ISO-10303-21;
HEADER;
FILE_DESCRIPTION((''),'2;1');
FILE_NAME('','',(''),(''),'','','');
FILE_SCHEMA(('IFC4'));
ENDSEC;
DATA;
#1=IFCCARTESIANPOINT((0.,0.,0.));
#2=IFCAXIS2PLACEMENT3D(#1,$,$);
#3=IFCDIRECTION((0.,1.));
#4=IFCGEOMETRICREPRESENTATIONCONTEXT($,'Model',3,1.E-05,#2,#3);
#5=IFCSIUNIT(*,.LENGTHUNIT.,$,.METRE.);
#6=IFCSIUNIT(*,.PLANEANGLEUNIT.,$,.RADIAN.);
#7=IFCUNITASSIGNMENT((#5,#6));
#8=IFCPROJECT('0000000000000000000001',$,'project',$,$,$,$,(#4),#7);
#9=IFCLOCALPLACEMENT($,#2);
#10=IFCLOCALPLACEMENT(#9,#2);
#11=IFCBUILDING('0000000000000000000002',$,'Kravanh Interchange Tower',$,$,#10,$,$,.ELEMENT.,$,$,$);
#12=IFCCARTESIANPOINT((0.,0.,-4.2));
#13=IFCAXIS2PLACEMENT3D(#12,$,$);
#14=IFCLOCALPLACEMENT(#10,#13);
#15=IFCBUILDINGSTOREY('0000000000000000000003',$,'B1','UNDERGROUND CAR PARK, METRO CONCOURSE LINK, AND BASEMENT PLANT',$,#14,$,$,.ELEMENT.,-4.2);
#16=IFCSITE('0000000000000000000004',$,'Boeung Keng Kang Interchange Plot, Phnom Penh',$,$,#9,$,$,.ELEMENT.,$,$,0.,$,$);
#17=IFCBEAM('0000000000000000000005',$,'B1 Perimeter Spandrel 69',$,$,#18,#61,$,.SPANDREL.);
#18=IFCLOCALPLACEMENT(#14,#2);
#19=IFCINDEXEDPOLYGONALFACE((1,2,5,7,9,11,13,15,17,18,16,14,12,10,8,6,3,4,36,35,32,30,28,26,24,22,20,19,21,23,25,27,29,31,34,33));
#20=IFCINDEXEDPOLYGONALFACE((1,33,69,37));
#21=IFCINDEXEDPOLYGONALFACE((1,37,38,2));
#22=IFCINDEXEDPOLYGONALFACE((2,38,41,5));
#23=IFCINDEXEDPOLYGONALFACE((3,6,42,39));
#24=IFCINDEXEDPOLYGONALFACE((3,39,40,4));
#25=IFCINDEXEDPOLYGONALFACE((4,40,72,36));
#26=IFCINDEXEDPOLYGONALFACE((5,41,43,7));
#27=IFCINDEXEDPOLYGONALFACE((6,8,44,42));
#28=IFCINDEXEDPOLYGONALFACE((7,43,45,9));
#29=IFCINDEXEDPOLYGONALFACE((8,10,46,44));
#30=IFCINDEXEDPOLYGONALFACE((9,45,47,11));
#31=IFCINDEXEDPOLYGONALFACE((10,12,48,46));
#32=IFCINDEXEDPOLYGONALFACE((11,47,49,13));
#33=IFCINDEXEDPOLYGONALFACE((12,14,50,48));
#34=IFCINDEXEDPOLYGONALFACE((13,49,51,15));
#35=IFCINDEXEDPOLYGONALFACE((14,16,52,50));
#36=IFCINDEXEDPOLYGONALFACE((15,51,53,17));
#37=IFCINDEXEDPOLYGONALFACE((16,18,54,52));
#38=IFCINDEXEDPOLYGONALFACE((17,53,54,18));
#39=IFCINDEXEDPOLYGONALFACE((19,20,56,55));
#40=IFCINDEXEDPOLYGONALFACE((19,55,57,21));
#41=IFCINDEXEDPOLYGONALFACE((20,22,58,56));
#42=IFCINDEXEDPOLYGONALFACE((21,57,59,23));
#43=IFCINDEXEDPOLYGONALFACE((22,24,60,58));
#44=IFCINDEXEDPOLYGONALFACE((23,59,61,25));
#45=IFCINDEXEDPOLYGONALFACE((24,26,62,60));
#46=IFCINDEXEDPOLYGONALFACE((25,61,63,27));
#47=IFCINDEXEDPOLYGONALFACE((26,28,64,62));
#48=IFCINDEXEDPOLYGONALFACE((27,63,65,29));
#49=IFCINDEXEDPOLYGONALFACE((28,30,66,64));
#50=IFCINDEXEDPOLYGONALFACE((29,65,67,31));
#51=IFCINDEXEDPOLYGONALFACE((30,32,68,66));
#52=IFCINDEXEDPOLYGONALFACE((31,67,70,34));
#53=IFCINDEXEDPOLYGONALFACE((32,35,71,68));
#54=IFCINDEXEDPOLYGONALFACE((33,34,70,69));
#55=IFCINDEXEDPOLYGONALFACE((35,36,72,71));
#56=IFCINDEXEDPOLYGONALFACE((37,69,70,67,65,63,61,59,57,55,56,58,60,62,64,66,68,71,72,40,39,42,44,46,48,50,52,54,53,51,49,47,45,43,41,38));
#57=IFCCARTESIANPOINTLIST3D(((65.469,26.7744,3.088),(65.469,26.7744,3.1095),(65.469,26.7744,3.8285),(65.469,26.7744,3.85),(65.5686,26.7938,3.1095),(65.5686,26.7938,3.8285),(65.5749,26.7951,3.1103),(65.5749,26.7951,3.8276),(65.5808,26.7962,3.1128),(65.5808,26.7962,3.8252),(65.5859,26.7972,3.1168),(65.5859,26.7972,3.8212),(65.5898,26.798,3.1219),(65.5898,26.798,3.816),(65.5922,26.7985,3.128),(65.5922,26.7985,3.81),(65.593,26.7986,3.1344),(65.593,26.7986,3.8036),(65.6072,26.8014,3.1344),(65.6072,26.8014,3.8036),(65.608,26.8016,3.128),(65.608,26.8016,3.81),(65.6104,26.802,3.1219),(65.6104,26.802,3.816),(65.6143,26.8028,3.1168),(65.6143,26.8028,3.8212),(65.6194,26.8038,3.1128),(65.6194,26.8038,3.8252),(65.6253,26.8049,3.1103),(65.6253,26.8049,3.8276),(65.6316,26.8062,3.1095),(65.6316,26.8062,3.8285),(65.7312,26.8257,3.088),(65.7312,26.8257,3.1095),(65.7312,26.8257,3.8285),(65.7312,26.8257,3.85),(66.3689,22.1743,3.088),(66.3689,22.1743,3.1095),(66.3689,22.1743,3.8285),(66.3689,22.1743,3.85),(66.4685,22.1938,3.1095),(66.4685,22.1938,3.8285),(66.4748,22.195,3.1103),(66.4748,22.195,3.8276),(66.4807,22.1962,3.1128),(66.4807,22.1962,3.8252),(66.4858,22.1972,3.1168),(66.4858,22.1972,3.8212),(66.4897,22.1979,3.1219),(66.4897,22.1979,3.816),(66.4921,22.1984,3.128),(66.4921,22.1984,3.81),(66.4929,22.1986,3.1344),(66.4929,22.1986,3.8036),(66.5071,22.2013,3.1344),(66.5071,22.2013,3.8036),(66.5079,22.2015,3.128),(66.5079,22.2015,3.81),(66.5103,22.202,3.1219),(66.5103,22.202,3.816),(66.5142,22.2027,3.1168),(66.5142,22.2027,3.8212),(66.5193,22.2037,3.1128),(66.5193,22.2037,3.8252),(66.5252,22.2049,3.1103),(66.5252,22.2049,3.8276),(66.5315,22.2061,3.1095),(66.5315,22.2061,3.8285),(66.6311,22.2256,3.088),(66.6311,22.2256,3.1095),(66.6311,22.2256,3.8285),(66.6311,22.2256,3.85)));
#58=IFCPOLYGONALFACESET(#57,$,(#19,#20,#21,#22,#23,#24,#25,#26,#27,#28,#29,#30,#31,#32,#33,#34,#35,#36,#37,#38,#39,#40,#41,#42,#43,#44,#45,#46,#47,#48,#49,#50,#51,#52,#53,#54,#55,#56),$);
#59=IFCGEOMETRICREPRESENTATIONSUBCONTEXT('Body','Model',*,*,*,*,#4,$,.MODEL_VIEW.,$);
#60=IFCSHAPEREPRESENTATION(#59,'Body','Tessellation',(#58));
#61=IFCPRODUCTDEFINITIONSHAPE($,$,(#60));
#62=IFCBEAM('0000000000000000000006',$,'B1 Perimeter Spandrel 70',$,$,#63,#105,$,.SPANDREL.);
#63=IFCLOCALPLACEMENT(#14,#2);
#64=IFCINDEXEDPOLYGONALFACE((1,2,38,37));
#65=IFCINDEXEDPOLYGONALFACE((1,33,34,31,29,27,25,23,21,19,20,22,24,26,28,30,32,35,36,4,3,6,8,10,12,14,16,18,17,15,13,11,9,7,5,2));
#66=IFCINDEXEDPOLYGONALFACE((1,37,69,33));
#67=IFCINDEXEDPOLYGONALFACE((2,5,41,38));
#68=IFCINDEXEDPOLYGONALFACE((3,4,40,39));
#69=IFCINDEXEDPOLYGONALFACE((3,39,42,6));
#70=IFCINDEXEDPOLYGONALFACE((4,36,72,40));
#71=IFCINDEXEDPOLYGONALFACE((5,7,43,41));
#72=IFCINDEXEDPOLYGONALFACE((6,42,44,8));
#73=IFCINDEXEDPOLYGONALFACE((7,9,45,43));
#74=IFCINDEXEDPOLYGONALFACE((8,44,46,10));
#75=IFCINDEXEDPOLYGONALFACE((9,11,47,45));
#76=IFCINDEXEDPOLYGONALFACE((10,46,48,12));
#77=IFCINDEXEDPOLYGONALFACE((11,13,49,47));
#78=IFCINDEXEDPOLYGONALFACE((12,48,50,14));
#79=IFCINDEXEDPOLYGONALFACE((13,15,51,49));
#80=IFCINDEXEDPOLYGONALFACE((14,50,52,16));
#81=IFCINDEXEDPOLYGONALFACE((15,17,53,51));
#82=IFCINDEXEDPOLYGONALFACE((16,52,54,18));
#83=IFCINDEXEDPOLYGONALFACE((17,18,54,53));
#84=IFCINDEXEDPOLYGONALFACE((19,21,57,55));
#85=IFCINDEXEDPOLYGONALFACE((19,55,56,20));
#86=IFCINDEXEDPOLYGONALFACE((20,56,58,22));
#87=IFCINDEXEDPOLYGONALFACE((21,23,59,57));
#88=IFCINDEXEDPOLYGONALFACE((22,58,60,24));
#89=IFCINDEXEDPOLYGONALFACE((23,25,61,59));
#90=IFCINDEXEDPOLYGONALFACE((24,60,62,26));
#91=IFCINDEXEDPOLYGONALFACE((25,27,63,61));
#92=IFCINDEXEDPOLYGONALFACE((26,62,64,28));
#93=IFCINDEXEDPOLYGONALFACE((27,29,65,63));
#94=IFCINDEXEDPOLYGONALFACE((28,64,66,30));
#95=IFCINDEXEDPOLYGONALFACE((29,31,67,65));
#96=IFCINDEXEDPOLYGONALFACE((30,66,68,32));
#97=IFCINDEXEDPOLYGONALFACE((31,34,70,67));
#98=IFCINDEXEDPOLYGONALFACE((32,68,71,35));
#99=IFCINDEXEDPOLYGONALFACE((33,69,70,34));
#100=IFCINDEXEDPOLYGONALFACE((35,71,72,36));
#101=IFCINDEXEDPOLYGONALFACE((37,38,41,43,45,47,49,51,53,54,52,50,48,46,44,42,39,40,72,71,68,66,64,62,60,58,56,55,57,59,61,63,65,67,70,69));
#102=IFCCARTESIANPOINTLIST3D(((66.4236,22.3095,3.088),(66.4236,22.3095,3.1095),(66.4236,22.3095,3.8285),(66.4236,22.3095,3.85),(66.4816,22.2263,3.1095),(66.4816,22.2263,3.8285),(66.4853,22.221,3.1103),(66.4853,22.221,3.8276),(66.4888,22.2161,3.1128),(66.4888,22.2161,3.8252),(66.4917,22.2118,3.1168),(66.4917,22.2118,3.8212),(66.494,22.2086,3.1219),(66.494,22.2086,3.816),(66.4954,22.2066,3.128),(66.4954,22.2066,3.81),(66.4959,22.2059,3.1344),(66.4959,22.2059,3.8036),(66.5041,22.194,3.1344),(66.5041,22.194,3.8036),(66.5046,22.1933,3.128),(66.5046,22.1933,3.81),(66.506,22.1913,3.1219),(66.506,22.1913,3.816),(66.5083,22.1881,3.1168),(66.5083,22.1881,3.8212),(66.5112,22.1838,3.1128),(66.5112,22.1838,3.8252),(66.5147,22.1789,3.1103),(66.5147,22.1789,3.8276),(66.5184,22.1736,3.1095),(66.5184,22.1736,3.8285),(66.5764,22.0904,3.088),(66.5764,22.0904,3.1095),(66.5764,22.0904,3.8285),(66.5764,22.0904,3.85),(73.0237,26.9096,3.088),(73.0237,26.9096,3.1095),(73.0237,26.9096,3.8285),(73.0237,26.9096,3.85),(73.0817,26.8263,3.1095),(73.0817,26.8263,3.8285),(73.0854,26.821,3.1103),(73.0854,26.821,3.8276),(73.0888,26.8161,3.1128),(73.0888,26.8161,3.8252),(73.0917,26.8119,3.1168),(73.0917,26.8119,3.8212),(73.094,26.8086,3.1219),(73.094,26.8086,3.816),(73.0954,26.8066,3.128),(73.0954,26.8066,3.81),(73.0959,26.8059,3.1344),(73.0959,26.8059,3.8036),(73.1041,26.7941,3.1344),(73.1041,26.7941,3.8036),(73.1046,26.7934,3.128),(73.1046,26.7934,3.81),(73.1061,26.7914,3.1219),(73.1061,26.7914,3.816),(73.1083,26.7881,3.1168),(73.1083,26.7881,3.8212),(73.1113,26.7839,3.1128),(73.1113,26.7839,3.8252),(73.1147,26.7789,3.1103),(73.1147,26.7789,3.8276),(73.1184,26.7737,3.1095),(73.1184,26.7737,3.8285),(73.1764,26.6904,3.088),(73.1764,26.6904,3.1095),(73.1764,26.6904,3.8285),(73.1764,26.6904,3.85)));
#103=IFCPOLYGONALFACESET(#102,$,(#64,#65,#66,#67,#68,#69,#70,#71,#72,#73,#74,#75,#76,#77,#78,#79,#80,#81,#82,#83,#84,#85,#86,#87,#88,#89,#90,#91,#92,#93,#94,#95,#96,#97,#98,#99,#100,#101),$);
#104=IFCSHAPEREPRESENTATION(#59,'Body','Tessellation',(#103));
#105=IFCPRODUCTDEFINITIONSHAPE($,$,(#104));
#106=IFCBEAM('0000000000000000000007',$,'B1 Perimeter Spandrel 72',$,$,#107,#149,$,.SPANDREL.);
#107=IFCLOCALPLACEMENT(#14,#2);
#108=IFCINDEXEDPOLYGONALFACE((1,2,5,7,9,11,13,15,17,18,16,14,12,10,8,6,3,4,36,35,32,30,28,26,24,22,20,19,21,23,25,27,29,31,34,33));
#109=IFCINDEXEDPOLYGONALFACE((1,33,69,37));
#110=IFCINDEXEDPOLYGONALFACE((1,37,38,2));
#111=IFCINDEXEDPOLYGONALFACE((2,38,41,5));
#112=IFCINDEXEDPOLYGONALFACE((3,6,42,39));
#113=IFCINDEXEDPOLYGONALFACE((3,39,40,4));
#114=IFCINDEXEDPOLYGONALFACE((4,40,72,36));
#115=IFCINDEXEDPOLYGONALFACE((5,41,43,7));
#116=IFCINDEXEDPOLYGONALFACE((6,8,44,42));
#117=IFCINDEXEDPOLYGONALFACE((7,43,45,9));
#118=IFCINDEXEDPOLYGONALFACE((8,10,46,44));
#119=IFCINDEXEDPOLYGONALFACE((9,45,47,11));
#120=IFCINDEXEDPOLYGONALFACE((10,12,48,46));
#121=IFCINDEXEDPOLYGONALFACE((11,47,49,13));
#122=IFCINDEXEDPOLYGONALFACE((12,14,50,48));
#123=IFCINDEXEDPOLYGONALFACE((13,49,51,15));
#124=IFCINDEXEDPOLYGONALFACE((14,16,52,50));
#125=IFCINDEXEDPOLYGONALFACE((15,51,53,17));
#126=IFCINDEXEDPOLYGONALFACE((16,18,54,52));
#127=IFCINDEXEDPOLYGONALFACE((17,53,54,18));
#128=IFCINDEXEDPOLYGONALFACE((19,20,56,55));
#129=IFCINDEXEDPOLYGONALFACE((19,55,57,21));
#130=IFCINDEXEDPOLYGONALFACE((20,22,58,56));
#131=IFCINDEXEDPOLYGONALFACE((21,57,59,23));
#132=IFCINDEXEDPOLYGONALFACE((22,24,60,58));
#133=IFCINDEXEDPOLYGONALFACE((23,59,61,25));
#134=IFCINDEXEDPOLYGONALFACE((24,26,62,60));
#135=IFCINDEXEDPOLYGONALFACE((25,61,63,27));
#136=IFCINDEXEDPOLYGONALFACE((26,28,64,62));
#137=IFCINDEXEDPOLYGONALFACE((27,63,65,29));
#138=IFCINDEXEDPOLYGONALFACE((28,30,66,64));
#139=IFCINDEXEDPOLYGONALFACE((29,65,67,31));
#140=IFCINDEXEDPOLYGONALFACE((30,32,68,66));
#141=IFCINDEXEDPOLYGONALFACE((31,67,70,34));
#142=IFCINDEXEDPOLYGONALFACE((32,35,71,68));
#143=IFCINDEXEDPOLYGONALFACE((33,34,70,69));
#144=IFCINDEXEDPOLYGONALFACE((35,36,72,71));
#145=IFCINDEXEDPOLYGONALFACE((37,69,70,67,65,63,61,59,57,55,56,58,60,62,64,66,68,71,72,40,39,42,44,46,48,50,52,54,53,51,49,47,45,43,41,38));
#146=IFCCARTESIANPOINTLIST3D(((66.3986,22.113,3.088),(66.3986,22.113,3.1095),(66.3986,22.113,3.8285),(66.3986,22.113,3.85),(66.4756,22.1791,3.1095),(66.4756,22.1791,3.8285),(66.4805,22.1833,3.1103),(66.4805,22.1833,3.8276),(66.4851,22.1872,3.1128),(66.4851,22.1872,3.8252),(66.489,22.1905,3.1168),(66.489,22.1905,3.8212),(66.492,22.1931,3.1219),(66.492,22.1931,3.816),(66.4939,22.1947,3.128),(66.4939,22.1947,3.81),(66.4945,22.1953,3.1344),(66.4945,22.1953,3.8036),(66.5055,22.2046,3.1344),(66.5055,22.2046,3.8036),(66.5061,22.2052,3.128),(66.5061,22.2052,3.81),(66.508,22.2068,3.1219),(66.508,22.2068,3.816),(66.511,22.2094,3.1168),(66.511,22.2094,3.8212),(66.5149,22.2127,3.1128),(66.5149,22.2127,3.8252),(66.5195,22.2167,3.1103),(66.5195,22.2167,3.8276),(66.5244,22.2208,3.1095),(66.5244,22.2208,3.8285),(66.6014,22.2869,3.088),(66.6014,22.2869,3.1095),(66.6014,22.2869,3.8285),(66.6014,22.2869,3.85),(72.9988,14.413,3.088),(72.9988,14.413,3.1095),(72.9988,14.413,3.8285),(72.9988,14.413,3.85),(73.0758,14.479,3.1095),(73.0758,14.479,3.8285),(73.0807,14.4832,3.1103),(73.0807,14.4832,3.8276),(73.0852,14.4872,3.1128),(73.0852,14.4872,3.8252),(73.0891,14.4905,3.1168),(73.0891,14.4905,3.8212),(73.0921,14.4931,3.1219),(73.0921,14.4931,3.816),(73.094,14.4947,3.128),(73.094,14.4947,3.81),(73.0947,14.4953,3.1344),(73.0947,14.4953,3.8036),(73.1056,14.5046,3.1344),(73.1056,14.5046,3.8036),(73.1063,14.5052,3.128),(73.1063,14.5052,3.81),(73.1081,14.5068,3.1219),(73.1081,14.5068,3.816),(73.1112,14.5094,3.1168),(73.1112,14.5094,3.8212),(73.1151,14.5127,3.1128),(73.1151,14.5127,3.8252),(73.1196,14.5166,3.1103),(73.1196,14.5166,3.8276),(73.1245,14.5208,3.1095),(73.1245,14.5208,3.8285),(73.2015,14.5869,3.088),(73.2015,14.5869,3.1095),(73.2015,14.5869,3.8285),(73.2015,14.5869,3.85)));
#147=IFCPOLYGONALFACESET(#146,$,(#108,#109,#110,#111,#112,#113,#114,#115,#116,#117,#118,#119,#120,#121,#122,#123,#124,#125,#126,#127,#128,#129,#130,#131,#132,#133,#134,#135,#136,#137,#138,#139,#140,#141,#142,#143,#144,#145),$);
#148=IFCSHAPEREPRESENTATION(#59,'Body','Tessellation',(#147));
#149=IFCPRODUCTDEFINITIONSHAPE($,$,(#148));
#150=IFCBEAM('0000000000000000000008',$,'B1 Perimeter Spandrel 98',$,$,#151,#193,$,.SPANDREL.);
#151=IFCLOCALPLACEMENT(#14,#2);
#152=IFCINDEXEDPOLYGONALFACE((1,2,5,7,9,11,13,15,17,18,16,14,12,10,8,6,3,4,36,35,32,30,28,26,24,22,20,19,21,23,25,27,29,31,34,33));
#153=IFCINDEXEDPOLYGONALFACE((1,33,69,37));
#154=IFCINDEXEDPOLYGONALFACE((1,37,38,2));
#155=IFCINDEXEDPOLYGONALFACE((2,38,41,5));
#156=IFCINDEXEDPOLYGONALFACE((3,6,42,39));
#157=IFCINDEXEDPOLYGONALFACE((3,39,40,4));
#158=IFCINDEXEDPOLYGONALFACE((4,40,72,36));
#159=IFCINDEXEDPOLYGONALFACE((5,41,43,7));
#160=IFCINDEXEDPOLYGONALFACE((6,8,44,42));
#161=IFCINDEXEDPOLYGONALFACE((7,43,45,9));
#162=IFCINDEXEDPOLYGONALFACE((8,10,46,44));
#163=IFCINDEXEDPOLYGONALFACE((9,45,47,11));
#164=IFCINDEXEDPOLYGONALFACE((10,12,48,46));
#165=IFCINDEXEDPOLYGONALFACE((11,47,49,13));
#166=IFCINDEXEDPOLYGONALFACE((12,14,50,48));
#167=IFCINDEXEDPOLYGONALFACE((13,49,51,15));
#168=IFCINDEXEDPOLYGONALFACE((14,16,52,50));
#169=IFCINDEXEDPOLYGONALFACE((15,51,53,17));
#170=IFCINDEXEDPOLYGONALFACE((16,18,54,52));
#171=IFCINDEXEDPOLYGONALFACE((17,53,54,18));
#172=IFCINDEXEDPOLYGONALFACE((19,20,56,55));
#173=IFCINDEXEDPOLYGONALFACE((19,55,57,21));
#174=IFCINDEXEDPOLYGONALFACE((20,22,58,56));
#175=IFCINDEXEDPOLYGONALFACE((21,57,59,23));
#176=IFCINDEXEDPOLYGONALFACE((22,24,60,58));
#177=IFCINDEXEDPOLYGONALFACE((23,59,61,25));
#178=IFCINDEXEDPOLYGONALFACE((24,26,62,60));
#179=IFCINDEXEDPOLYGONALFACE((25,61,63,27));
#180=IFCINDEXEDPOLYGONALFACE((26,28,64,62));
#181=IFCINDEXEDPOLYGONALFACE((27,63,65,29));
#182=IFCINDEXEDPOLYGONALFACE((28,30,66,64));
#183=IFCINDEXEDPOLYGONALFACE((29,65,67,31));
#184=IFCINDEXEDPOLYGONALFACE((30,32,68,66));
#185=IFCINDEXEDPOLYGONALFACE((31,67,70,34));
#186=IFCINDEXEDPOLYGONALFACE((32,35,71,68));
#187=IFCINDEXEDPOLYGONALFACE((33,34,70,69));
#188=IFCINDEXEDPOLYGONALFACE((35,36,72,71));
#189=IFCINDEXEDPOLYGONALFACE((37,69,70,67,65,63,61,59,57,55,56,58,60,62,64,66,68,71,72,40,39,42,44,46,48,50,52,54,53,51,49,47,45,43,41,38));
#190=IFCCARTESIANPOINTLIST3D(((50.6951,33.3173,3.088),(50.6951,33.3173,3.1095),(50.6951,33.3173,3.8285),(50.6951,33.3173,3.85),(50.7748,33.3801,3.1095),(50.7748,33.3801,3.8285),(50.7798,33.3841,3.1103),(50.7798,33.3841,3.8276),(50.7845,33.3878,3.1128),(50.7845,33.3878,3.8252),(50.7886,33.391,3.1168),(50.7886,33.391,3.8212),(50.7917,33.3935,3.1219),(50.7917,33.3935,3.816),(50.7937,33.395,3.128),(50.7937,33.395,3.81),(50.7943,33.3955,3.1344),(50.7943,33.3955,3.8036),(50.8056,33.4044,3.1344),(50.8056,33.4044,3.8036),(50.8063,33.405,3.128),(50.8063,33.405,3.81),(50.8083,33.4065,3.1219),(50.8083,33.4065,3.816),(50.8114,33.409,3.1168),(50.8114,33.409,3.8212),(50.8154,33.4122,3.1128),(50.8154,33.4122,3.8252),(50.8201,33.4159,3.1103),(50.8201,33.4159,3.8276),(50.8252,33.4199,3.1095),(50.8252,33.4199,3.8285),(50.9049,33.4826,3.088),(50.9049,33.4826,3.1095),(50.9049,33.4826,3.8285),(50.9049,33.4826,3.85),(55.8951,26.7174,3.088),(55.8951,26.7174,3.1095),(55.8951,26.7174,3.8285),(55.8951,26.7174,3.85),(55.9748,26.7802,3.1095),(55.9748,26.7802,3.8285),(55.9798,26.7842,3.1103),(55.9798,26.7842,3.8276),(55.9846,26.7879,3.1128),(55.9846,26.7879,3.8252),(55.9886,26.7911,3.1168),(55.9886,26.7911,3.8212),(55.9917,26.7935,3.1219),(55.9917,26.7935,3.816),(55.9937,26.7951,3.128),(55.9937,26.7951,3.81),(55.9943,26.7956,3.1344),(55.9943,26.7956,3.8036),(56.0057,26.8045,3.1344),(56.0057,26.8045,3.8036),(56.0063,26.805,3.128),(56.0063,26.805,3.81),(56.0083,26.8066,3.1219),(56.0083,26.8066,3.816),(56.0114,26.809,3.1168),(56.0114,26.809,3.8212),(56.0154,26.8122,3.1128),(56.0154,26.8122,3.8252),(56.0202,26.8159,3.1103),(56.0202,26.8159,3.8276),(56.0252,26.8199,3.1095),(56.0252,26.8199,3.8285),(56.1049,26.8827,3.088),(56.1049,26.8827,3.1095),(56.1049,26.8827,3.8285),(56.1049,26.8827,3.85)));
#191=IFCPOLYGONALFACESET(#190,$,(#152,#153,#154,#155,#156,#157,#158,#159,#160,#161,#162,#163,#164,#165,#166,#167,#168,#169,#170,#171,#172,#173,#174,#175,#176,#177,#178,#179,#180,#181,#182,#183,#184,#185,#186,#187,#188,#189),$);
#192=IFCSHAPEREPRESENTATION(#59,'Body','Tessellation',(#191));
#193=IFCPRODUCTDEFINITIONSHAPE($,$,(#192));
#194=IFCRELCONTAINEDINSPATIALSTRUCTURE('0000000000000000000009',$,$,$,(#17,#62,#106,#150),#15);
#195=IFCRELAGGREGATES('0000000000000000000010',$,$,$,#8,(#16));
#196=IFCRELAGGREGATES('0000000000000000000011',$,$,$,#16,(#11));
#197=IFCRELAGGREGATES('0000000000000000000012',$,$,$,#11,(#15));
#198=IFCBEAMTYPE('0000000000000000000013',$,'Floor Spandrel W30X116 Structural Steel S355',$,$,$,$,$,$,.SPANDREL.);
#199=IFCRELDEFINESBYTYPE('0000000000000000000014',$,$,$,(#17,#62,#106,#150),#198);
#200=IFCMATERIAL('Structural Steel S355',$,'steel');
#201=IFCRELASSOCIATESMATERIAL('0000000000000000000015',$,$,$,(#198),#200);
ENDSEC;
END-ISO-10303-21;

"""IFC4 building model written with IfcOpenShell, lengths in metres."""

from ifc_helpers import new_model, si_unit, direction, frame, origin, origin_2d, place, context, subcontext, project, spatial, i_section, extrude, material, material_profile, profile_set, type_object, element, save


model = new_model("IFC4")

# Units and contexts
model_context = context("Model", 3, precision=1e-05, world=origin(), true_north=direction((0.0, 1.0)))
body_context = subcontext(model_context, "Body", "Model", "MODEL_VIEW")
ifc_project = project(units=[si_unit("LENGTHUNIT", "METRE"), si_unit("PLANEANGLEUNIT", "RADIAN")], contexts=[model_context])

# Site, building, storey
site_placement = place(None, origin())
site = spatial("IfcSite", under=ifc_project, at=site_placement, Name="Boeung Keng Kang Interchange Plot, Phnom Penh", CompositionType="ELEMENT", RefElevation=0.0)
building_placement = place(site_placement, origin())
building = spatial("IfcBuilding", under=site, at=building_placement, Name="Kravanh Interchange Tower", CompositionType="ELEMENT")
storey_placement = place(building_placement, frame((0.0, 0.0, -4.2)))
storey = spatial("IfcBuildingStorey", under=building, at=storey_placement, Name="B1", Description="UNDERGROUND CAR PARK, METRO CONCOURSE LINK, AND BASEMENT PLANT", CompositionType="ELEMENT", Elevation=-4.2)

# Beams
ifc_material_1 = material(Name="Structural Steel S355", Category="steel")
ifc_material_profile_1 = material_profile(ifc_material_1, i_section(OverallWidth=0.2671, OverallDepth=0.762, WebThickness=0.0144, FlangeThickness=0.0215, FilletRadius=0.0249, at=origin_2d()), Name="W30X116")
ifc_profile_set_1 = profile_set([ifc_material_profile_1], Name="Structural Steel S355")
beam_type_1 = type_object("IfcBeamType", Name="Floor Spandrel W30X116 Structural Steel S355", PredefinedType="SPANDREL", material=ifc_profile_set_1)
beam_1_placement = place(storey_placement, frame((66.5, 22.2, 3.469), z_axis=(-0.191988, 0.981397, 0.0), x_axis=(-0.981397, -0.191988, 0.0)))
element("IfcBeam", 1, at=beam_1_placement, inside=storey, type_object=beam_type_1, Name="B1 Perimeter Spandrel 69", PredefinedType="SPANDREL", context=body_context, shape_type="SweptSolid", body=[
    extrude(i_section(OverallWidth=0.2671, OverallDepth=0.762, WebThickness=0.0144, FlangeThickness=0.0215, FilletRadius=0.0249, at=origin_2d()), origin(), (0.0, 0.0, 1.0), 4.6873),
])
beam_2_placement = place(storey_placement, frame((66.5, 22.2, 3.469), z_axis=(0.820396, 0.571795, 0.0), x_axis=(-0.571795, 0.820396, 0.0)))
element("IfcBeam", 2, at=beam_2_placement, inside=storey, type_object=beam_type_1, Name="B1 Perimeter Spandrel 70", PredefinedType="SPANDREL", context=body_context, shape_type="SweptSolid", body=[
    extrude(i_section(OverallWidth=0.2671, OverallDepth=0.762, WebThickness=0.0144, FlangeThickness=0.0215, FilletRadius=0.0249, at=origin_2d()), origin(), (0.0, 0.0, 1.0), 8.0449),
])
beam_3_placement = place(storey_placement, frame((66.5, 22.2, 3.469), z_axis=(0.650799, -0.75925, 0.0), x_axis=(0.75925, 0.650799, 0.0)))
element("IfcBeam", 3, at=beam_3_placement, inside=storey, type_object=beam_type_1, Name="B1 Perimeter Spandrel 72", PredefinedType="SPANDREL", context=body_context, shape_type="SweptSolid", body=[
    extrude(i_section(OverallWidth=0.2671, OverallDepth=0.762, WebThickness=0.0144, FlangeThickness=0.0215, FilletRadius=0.0249, at=origin_2d()), origin(), (0.0, 0.0, 1.0), 10.1416),
])
beam_4_placement = place(storey_placement, frame((56.0, 26.8, 3.469), z_axis=(-0.618877, 0.785488, 0.0), x_axis=(-0.785488, -0.618877, 0.0)))
element("IfcBeam", 4, at=beam_4_placement, inside=storey, type_object=beam_type_1, Name="B1 Perimeter Spandrel 98", PredefinedType="SPANDREL", context=body_context, shape_type="SweptSolid", body=[
    extrude(i_section(OverallWidth=0.2671, OverallDepth=0.762, WebThickness=0.0144, FlangeThickness=0.0215, FilletRadius=0.0249, at=origin_2d()), origin(), (0.0, 0.0, 1.0), 8.4023),
])

save(model, "model.ifc")
